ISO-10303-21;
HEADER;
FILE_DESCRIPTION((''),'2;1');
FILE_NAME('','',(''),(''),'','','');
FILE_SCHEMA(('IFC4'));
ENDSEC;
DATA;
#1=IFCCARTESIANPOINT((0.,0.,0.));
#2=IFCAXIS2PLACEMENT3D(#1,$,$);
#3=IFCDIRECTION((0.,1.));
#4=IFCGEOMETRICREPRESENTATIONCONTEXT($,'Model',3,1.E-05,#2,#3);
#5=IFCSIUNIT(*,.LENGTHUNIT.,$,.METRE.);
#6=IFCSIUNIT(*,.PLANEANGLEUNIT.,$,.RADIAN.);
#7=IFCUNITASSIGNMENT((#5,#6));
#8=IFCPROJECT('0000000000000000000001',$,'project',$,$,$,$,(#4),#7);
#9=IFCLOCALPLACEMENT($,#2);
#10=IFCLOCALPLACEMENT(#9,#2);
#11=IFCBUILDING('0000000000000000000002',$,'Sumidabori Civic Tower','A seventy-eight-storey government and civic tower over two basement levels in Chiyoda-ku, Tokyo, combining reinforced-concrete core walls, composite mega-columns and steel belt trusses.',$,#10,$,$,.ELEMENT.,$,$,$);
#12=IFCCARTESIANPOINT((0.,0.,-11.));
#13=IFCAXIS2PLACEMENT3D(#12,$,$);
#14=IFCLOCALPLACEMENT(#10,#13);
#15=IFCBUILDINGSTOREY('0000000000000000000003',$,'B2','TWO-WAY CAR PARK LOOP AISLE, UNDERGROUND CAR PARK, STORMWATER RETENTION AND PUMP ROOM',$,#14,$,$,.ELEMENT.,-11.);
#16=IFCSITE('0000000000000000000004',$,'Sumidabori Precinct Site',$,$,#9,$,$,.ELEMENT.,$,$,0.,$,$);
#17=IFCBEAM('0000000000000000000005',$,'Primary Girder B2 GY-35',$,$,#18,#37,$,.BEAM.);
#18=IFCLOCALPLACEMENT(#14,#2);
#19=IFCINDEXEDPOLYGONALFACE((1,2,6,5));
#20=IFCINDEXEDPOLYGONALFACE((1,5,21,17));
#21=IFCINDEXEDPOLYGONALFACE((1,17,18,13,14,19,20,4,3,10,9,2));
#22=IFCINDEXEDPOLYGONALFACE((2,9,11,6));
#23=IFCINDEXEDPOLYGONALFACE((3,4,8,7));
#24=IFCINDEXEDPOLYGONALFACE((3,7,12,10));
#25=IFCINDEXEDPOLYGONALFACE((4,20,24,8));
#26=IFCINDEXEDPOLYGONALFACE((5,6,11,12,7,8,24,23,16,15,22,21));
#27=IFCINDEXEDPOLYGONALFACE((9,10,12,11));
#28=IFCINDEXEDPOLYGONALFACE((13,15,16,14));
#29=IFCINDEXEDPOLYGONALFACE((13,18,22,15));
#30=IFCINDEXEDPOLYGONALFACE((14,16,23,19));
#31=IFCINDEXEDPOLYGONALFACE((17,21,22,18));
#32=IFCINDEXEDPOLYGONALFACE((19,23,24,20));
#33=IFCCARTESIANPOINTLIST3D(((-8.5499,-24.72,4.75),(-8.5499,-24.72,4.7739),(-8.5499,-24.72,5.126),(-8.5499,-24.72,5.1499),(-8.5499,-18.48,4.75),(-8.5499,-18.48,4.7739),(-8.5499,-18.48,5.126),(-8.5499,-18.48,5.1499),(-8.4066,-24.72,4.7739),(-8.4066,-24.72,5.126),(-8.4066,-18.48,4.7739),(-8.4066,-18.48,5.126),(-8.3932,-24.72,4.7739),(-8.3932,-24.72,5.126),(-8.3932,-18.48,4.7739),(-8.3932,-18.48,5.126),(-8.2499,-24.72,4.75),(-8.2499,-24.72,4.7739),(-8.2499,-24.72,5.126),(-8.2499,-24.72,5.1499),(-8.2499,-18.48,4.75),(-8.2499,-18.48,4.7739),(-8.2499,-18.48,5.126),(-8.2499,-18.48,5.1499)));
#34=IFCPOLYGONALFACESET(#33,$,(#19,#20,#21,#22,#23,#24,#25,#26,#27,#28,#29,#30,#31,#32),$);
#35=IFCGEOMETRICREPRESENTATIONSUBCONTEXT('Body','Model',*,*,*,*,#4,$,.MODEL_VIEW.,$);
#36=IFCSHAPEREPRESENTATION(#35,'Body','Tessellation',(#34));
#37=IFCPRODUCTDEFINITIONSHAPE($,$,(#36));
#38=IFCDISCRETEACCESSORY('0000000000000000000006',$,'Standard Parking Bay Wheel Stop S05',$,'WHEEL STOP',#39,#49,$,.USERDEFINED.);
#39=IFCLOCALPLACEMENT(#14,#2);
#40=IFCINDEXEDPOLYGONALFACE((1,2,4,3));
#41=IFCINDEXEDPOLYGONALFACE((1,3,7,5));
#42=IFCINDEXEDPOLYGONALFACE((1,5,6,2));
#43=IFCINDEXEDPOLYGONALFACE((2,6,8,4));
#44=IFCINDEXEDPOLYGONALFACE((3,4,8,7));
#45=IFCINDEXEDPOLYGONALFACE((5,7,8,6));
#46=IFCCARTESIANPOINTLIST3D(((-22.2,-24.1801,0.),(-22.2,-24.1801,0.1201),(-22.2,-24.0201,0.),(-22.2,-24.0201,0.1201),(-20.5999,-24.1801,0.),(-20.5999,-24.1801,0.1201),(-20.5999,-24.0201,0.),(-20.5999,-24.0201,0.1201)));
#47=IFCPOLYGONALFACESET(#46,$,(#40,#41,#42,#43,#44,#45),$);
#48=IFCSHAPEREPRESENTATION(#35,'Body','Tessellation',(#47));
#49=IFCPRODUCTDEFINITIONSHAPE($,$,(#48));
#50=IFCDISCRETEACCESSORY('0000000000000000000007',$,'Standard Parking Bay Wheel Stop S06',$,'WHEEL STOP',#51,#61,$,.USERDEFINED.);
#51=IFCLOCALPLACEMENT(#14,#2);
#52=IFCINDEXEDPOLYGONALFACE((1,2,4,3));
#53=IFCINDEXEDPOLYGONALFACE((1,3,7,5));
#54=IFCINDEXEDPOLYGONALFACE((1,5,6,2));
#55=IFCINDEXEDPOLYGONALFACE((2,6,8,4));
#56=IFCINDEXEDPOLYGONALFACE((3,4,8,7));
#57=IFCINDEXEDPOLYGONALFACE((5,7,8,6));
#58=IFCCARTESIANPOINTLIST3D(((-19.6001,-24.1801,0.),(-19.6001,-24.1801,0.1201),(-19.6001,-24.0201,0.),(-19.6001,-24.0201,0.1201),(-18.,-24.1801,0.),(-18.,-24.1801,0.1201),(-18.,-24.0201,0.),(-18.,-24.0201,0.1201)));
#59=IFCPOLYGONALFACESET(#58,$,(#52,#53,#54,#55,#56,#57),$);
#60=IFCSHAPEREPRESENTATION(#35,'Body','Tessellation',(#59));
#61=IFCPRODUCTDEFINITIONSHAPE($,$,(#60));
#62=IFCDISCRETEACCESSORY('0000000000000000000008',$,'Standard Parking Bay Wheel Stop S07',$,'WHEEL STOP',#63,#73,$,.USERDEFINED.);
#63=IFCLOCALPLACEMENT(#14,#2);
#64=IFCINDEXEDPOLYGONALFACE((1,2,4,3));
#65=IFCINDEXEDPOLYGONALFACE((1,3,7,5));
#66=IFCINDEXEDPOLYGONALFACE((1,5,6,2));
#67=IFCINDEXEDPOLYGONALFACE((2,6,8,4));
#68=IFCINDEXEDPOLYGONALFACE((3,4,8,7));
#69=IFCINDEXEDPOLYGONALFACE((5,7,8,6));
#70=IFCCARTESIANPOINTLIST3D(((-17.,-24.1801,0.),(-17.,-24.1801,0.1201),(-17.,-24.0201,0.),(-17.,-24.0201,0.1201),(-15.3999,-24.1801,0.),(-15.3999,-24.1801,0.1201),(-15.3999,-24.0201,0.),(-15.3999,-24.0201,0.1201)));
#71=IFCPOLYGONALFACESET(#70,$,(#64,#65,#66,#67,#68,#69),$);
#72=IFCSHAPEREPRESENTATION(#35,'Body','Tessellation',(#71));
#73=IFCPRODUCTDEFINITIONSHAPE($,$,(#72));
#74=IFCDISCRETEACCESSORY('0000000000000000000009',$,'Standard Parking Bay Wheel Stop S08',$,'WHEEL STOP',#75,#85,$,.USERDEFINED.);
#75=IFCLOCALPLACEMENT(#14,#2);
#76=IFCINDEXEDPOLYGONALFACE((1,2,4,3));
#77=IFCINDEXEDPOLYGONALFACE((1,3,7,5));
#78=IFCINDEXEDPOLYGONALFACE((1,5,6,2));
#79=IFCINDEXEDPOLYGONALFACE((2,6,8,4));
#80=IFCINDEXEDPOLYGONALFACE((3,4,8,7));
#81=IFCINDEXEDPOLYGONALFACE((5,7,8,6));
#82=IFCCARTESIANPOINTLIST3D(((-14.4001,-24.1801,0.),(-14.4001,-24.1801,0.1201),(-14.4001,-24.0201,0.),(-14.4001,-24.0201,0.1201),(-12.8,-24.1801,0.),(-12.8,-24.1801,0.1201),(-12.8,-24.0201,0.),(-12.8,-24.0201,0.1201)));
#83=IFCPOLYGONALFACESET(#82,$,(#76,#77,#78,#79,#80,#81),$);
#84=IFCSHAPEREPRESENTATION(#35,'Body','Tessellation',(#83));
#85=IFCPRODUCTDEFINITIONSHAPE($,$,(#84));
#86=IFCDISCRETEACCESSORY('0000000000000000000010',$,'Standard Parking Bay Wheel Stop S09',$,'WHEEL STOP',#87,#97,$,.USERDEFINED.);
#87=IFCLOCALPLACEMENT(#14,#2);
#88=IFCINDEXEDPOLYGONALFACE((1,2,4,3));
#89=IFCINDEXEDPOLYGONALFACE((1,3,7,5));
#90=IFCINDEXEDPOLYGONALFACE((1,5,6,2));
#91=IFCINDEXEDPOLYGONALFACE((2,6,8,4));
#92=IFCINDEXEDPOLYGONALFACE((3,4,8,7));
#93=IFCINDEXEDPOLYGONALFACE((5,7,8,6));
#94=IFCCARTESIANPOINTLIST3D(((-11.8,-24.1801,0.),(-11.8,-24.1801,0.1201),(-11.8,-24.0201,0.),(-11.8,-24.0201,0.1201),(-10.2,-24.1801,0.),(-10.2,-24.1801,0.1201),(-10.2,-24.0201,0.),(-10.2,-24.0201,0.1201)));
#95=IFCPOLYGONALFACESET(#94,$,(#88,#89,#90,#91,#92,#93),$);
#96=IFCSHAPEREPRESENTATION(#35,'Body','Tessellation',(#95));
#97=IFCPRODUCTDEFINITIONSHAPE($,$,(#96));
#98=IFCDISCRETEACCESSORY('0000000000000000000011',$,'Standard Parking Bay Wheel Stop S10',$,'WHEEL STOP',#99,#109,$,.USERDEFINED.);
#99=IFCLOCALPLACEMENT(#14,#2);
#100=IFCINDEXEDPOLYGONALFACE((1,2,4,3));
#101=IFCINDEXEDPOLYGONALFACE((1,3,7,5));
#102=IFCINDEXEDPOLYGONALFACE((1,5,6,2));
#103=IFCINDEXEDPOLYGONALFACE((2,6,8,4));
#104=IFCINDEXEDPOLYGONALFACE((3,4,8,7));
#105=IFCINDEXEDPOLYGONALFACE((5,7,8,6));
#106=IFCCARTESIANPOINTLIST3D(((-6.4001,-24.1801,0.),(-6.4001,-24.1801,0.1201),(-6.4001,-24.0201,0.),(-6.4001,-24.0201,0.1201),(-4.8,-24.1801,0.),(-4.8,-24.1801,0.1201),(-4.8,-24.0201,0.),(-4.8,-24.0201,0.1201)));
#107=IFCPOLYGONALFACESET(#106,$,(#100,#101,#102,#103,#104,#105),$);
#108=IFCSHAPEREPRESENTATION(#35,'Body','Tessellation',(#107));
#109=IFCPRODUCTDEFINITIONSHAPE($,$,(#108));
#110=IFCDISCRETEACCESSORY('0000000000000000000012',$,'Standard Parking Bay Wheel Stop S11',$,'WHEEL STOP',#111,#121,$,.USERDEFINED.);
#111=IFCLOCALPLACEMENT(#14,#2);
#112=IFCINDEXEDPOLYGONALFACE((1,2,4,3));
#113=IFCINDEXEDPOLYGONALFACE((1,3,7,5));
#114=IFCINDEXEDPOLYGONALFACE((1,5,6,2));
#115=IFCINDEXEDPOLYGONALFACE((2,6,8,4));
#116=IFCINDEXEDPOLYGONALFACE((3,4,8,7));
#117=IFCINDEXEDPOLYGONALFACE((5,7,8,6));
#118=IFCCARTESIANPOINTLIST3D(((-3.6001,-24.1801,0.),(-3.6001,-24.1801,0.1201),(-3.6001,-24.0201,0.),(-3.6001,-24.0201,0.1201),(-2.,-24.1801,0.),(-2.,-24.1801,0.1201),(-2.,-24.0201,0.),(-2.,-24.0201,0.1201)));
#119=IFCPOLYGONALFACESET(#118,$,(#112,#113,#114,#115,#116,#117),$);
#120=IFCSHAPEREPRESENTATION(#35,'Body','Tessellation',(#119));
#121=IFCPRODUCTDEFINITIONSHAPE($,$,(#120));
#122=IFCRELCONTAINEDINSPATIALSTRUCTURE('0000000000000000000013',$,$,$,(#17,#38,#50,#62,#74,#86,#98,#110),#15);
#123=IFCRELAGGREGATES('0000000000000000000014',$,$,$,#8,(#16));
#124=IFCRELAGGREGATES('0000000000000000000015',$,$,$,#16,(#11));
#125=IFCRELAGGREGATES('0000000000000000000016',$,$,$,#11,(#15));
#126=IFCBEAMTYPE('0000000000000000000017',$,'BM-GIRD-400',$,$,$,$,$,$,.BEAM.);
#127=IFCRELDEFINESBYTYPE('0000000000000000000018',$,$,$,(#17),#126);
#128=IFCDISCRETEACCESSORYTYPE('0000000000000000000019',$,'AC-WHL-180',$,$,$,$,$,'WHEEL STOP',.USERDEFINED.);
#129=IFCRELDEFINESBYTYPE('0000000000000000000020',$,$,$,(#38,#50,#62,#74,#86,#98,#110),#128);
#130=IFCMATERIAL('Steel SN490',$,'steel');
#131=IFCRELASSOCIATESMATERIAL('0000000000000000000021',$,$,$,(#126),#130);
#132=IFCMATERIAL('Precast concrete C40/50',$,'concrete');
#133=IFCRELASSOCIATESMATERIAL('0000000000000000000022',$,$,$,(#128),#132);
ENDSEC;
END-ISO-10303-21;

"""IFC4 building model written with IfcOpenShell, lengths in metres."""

from ifc_helpers import new_model, si_unit, direction, frame, origin, origin_2d, place, context, subcontext, project, spatial, rectangle, i_section, extrude, source, transform, mapped, material, material_profile, profile_set, type_object, element, save


model = new_model("IFC4")

# Units and contexts
model_context = context("Model", 3, precision=1e-05, world=origin(), true_north=direction((0.0, 1.0)))
body_context = subcontext(model_context, "Body", "Model", "MODEL_VIEW")
ifc_project = project(units=[si_unit("LENGTHUNIT", "METRE"), si_unit("PLANEANGLEUNIT", "RADIAN")], contexts=[model_context])

# Site, building, storey
site_placement = place(None, origin())
site = spatial("IfcSite", under=ifc_project, at=site_placement, Name="Sumidabori Precinct Site", CompositionType="ELEMENT", RefElevation=0.0)
building_placement = place(site_placement, origin())
building = spatial("IfcBuilding", under=site, at=building_placement, Name="Sumidabori Civic Tower", Description="A seventy-eight-storey government and civic tower over two basement levels in Chiyoda-ku, Tokyo, combining reinforced-concrete core walls, composite mega-columns and steel belt trusses.", CompositionType="ELEMENT")
storey_placement = place(building_placement, frame((0.0, 0.0, -11.0)))
storey = spatial("IfcBuildingStorey", under=building, at=storey_placement, Name="B2", Description="TWO-WAY CAR PARK LOOP AISLE, UNDERGROUND CAR PARK, STORMWATER RETENTION AND PUMP ROOM", CompositionType="ELEMENT", Elevation=-11.0)

# Beam
ifc_material_1 = material(Name="Steel SN490", Category="steel")
ifc_material_profile_1 = material_profile(ifc_material_1, i_section(OverallWidth=0.3, OverallDepth=0.3999, WebThickness=0.0134, FlangeThickness=0.0239, at=origin_2d()), Name="HE 400 B")
ifc_profile_set_1 = profile_set([ifc_material_profile_1], Name="Steel SN490")
beam_type_1 = type_object("IfcBeamType", Name="BM-GIRD-400", PredefinedType="BEAM", material=ifc_profile_set_1)
shared_shape_1 = source(origin(), body_context, "Body", "SweptSolid", [
    extrude(i_section(OverallWidth=0.3, OverallDepth=0.3999, WebThickness=0.0134, FlangeThickness=0.0239, at=origin_2d()), origin(), (0.0, 0.0, 1.0), 6.24),
])
for number, where, z_axis, x_axis, name in (
    (1, (-8.3999, -24.72, 4.95), (0.0, 1.0, 0.0), (-1.0, 0.0, 0.0), "Primary Girder B2 GY-35"),
):
    element("IfcBeam", number, at=place(storey_placement, frame(where, z_axis=z_axis, x_axis=x_axis)), inside=storey, type_object=beam_type_1, Name=name, PredefinedType="BEAM", context=body_context, shape_type="MappedRepresentation", body=[
        mapped(shared_shape_1, transform((0.0, 0.0, 0.0), x_axis=(1.0, 0.0, 0.0), y_axis=(0.0, 1.0, 0.0), z_axis=(0.0, 0.0, 1.0), scale=1.0)),
    ])

# Discrete accessories
ifc_material_2 = material(Name="Precast concrete C40/50", Category="concrete")
discrete_accessory_type = type_object("IfcDiscreteAccessoryType", Name="AC-WHL-180", ElementType="WHEEL STOP", PredefinedType="USERDEFINED", material=ifc_material_2)
shared_shape_2 = source(origin(), body_context, "Body", "SweptSolid", [
    extrude(rectangle(XDim=1.6001, YDim=0.1599, at=origin_2d()), origin(), (0.0, 0.0, 1.0), 0.1201),
])
for number, where, z_axis, x_axis, name in (
    (2, (-21.3999, -24.1001, 0.0), (0.0, 0.0, 1.0), (1.0, 0.0, 0.0), "Standard Parking Bay Wheel Stop S05"),
    (3, (-18.8, -24.1001, 0.0), (0.0, 0.0, 1.0), (1.0, 0.0, 0.0), "Standard Parking Bay Wheel Stop S06"),
    (4, (-16.2, -24.1001, 0.0), (0.0, 0.0, 1.0), (1.0, 0.0, 0.0), "Standard Parking Bay Wheel Stop S07"),
    (5, (-13.6001, -24.1001, 0.0), (0.0, 0.0, 1.0), (1.0, 0.0, 0.0), "Standard Parking Bay Wheel Stop S08"),
    (6, (-11.0, -24.1001, 0.0), (0.0, 0.0, 1.0), (1.0, 0.0, 0.0), "Standard Parking Bay Wheel Stop S09"),
    (7, (-5.6001, -24.1001, 0.0), (0.0, 0.0, 1.0), (1.0, 0.0, 0.0), "Standard Parking Bay Wheel Stop S10"),
    (8, (-2.8, -24.1001, 0.0), (0.0, 0.0, 1.0), (1.0, 0.0, 0.0), "Standard Parking Bay Wheel Stop S11"),
):
    element("IfcDiscreteAccessory", number, at=place(storey_placement, frame(where, z_axis=z_axis, x_axis=x_axis)), inside=storey, type_object=discrete_accessory_type, Name=name, ObjectType="WHEEL STOP", PredefinedType="USERDEFINED", context=body_context, shape_type="MappedRepresentation", body=[
        mapped(shared_shape_2, transform((0.0, 0.0, 0.0), x_axis=(1.0, 0.0, 0.0), y_axis=(0.0, 1.0, 0.0), z_axis=(0.0, 0.0, 1.0), scale=1.0)),
    ])

save(model, "model.ifc")
